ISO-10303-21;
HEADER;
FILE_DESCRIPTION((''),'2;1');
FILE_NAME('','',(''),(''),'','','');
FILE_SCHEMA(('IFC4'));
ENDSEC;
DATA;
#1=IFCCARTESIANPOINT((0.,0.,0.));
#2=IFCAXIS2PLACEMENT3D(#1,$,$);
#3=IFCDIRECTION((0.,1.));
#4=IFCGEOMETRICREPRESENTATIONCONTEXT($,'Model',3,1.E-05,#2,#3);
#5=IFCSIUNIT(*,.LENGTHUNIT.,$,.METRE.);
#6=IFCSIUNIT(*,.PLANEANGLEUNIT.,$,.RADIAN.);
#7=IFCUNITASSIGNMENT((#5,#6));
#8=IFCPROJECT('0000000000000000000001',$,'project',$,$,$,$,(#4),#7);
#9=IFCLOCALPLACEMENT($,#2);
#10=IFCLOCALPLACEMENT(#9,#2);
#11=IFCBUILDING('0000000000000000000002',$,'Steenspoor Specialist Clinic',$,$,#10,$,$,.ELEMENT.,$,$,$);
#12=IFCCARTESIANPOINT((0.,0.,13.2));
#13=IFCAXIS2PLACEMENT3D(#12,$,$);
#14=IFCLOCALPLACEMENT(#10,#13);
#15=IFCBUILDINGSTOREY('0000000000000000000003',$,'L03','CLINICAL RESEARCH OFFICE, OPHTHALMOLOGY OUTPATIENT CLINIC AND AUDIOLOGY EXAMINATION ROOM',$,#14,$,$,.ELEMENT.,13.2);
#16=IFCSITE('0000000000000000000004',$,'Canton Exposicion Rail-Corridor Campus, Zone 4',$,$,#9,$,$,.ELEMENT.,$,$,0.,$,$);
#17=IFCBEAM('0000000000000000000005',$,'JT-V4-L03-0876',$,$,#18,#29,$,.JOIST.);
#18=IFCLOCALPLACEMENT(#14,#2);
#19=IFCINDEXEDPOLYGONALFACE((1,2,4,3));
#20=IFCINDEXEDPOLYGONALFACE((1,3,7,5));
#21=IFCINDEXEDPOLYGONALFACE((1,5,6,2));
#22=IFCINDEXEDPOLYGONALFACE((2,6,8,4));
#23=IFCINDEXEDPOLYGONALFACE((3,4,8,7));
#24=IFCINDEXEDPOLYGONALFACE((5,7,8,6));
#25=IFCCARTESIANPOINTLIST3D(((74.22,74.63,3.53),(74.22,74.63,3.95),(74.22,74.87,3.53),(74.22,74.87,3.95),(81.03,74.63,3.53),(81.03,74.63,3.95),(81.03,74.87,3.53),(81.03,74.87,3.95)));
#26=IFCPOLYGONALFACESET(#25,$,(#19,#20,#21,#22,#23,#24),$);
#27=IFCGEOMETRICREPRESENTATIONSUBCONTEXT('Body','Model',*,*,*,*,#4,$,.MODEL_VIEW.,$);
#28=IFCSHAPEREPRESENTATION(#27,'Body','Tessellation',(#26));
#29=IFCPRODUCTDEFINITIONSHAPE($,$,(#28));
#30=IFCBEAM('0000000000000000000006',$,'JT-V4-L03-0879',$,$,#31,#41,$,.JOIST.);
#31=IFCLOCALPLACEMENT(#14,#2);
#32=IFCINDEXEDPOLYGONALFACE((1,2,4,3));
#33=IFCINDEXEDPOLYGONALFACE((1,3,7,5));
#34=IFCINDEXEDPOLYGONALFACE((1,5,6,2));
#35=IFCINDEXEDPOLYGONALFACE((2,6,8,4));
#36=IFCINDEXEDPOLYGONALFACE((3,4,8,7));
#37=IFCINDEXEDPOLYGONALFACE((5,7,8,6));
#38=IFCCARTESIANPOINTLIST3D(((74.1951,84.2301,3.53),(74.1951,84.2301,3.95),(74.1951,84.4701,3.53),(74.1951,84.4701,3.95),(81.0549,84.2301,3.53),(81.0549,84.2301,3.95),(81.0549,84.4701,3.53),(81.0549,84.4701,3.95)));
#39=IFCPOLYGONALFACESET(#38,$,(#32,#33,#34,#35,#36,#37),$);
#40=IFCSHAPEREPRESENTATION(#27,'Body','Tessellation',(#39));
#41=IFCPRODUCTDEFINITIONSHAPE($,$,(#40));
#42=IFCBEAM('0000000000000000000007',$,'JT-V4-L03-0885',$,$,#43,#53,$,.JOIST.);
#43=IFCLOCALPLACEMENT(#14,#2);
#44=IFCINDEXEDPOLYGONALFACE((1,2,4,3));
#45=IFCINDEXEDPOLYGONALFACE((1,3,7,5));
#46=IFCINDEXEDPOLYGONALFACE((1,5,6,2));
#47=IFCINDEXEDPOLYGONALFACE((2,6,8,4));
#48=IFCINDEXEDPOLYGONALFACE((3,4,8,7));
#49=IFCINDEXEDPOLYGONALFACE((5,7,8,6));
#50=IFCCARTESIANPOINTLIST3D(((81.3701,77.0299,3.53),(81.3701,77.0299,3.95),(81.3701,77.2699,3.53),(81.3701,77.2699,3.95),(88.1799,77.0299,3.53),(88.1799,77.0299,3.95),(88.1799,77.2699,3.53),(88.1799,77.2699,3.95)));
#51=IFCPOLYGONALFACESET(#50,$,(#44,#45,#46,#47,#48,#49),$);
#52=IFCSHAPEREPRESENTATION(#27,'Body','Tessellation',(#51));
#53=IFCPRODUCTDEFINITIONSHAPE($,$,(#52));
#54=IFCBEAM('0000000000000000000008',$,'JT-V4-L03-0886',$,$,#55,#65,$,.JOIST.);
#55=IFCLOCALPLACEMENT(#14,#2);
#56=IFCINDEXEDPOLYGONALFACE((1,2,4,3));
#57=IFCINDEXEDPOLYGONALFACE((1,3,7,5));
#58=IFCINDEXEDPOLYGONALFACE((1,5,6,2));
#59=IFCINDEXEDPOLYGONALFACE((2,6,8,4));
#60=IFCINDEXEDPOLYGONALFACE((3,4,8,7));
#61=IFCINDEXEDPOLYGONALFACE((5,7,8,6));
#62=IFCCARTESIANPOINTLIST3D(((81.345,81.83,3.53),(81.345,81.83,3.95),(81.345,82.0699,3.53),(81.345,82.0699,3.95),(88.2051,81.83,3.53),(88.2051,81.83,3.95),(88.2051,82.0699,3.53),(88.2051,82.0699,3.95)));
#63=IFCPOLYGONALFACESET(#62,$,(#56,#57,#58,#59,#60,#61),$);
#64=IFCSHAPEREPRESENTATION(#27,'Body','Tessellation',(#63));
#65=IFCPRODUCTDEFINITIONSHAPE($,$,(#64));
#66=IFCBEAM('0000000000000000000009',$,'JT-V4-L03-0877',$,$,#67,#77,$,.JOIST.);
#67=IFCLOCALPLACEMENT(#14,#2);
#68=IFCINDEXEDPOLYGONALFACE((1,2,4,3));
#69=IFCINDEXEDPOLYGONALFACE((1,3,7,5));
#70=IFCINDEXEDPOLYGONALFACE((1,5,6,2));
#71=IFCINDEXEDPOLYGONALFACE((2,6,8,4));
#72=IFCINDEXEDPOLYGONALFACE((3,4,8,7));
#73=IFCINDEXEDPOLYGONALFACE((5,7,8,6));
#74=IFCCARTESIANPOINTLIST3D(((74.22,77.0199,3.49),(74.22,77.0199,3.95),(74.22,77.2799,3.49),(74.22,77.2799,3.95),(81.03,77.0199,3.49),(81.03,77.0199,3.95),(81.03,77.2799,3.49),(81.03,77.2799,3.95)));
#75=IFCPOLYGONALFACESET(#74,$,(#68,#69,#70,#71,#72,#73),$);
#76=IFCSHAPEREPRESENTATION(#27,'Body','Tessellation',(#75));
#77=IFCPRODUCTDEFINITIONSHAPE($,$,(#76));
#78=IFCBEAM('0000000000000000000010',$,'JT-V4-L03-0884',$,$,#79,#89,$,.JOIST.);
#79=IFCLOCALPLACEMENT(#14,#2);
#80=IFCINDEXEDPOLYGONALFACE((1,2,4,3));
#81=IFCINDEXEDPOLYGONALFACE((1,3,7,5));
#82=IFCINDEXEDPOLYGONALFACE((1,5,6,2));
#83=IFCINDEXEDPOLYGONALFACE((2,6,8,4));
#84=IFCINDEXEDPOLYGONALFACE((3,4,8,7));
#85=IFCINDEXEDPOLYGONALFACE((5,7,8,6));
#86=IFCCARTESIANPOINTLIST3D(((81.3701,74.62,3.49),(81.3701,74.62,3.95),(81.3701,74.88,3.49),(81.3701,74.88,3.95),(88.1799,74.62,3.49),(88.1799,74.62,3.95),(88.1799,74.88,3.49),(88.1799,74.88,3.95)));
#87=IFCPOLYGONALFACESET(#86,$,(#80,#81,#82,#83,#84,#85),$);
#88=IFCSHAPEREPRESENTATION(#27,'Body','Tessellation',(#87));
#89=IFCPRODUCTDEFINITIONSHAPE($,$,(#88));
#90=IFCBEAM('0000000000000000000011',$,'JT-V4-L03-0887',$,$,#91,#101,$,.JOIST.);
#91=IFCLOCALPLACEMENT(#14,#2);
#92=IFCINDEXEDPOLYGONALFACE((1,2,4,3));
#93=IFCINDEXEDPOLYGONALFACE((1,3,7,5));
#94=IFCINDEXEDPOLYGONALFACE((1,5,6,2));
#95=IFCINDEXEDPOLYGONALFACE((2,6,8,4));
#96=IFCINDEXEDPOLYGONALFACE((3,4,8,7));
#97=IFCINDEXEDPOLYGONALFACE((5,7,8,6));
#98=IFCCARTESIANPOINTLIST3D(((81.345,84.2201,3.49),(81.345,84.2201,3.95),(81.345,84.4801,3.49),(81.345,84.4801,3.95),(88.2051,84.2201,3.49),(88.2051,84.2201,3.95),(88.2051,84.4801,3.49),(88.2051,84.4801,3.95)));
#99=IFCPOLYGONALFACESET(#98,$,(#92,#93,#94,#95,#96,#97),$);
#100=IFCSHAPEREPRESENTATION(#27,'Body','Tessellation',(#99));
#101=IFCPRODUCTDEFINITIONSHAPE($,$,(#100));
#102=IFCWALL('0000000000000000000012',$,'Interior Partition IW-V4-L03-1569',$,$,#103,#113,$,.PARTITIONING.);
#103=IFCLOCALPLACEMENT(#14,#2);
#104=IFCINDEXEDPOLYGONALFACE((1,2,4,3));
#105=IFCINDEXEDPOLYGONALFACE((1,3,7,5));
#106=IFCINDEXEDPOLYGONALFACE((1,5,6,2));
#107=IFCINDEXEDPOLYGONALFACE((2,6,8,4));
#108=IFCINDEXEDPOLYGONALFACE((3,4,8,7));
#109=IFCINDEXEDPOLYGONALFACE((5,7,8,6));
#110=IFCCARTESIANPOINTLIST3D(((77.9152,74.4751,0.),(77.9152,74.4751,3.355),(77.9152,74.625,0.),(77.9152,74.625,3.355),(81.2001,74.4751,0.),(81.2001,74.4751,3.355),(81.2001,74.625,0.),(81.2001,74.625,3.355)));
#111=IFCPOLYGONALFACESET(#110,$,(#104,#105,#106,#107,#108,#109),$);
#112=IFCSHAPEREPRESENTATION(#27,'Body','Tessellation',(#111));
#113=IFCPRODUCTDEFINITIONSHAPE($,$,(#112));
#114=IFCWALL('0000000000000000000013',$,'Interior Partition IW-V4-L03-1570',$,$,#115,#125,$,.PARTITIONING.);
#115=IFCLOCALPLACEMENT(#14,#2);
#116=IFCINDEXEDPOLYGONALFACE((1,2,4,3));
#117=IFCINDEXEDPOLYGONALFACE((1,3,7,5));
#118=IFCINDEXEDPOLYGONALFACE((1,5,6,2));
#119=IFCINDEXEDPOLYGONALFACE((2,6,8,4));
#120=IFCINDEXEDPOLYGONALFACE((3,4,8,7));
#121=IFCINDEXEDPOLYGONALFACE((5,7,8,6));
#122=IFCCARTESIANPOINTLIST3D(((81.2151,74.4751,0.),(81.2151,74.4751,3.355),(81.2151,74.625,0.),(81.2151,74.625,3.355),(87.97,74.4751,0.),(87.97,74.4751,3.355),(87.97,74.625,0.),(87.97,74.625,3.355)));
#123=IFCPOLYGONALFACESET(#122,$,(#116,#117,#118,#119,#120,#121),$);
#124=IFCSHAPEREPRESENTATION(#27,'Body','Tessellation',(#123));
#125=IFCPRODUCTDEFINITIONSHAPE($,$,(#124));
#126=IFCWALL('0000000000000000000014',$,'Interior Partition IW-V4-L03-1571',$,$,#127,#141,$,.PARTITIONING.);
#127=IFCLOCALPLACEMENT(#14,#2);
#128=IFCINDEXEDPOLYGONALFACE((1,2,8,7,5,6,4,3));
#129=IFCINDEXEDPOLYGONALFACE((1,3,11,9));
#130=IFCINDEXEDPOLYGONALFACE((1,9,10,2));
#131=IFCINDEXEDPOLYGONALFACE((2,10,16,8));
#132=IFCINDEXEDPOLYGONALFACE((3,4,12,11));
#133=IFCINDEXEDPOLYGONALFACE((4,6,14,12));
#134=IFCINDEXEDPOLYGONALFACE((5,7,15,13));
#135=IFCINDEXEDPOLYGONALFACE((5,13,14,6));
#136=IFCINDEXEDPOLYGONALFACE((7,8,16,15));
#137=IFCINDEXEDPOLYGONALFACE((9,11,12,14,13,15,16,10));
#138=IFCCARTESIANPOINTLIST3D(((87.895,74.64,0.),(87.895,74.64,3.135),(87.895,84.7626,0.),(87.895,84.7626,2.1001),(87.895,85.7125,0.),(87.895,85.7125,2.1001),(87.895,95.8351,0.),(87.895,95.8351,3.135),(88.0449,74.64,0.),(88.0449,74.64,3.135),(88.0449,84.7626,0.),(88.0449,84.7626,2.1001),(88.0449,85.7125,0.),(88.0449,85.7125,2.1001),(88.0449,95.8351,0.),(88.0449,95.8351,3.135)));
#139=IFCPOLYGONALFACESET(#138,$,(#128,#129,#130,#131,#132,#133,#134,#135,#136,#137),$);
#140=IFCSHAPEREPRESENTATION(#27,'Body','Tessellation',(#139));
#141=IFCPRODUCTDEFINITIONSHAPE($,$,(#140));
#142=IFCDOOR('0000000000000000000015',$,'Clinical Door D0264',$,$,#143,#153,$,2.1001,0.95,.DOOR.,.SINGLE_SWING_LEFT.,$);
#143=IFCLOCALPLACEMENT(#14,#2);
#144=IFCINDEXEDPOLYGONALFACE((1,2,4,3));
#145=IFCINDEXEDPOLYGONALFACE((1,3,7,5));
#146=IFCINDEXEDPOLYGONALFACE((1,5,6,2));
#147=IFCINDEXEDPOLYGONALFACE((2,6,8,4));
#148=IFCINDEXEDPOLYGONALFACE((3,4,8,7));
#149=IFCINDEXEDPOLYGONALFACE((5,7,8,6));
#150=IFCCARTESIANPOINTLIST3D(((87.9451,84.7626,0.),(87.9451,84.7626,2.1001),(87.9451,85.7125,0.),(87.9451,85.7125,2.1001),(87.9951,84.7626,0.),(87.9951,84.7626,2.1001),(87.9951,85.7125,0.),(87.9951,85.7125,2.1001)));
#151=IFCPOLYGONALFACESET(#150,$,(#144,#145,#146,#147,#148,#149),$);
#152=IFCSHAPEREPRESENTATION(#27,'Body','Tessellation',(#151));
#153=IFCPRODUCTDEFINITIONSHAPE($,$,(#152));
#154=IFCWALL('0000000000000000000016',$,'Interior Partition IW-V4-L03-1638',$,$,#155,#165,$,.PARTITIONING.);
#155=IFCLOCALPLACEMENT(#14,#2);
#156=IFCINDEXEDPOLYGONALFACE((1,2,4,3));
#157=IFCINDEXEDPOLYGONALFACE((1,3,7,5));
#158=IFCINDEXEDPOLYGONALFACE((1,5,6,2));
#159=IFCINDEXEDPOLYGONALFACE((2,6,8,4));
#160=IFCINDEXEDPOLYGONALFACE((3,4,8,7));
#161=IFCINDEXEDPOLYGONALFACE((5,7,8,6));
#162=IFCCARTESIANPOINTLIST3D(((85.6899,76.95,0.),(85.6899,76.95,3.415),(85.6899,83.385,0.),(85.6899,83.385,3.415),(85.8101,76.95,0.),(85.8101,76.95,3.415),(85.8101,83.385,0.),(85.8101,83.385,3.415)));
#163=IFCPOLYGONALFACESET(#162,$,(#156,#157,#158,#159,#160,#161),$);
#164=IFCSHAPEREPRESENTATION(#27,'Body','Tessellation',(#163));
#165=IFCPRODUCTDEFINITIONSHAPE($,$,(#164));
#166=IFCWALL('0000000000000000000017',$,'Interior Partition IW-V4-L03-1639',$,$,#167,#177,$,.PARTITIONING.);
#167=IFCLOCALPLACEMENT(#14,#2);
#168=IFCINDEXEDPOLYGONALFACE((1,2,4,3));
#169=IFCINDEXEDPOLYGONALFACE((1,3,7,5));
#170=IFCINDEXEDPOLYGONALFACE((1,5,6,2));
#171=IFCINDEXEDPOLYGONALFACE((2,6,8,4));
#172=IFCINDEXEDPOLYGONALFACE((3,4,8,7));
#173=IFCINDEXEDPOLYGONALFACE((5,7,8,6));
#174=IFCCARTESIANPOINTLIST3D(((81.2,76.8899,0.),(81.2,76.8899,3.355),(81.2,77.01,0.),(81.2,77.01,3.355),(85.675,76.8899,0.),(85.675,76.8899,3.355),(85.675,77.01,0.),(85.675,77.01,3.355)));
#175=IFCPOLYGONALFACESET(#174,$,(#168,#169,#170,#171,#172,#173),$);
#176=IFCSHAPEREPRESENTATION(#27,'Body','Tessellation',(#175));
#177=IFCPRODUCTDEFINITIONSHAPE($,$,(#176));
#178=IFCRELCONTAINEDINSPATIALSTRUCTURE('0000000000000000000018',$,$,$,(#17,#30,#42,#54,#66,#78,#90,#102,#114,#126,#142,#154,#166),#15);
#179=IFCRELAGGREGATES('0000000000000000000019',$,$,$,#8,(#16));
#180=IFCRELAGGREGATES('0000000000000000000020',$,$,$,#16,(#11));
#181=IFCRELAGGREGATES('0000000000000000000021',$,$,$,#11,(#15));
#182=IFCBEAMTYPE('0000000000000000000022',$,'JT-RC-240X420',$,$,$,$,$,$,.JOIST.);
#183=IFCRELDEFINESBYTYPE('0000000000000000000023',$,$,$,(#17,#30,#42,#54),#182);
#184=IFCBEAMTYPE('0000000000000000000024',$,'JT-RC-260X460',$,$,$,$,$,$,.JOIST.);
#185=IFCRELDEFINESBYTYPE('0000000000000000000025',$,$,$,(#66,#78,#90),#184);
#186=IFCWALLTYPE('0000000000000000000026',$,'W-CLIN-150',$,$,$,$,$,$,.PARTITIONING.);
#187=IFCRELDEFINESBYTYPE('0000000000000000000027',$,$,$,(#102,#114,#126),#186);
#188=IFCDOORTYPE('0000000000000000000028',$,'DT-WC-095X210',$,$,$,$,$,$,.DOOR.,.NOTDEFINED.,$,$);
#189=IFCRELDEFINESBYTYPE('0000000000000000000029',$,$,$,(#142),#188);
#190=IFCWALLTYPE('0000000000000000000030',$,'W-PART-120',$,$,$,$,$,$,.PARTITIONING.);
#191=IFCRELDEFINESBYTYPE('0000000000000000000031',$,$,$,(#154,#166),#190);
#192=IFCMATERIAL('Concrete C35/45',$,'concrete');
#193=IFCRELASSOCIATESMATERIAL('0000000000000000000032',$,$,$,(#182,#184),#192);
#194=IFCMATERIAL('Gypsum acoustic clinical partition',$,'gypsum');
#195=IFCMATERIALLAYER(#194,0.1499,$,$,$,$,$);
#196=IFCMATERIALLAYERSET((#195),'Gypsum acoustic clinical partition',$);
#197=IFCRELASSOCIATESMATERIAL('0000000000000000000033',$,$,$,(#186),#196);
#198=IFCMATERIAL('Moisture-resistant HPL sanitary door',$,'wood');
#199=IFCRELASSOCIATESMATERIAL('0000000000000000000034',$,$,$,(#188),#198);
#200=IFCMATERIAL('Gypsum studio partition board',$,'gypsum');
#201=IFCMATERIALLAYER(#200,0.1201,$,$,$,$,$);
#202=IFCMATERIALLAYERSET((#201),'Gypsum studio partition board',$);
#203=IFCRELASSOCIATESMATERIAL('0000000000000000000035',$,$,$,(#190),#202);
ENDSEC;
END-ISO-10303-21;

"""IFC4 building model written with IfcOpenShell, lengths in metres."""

from ifc_helpers import new_model, si_unit, direction, frame, frame_2d, origin, origin_2d, place, context, subcontext, project, spatial, rectangle, extrude, material, layer, layer_set, material_profile, profile_set, type_object, element, fill, save


model = new_model("IFC4")

# Units and contexts
model_context = context("Model", 3, precision=1e-05, world=origin(), true_north=direction((0.0, 1.0)))
body_context = subcontext(model_context, "Body", "Model", "MODEL_VIEW")
ifc_project = project(units=[si_unit("LENGTHUNIT", "METRE"), si_unit("PLANEANGLEUNIT", "RADIAN")], contexts=[model_context])

# Site, building, storey
site_placement = place(None, origin())
site = spatial("IfcSite", under=ifc_project, at=site_placement, Name="Canton Exposicion Rail-Corridor Campus, Zone 4", CompositionType="ELEMENT", RefElevation=0.0)
building_placement = place(site_placement, origin())
building = spatial("IfcBuilding", under=site, at=building_placement, Name="Steenspoor Specialist Clinic", CompositionType="ELEMENT")
storey_placement = place(building_placement, frame((0.0, 0.0, 13.2)))
storey = spatial("IfcBuildingStorey", under=building, at=storey_placement, Name="L03", Description="CLINICAL RESEARCH OFFICE, OPHTHALMOLOGY OUTPATIENT CLINIC AND AUDIOLOGY EXAMINATION ROOM", CompositionType="ELEMENT", Elevation=13.2)

# Beams
ifc_material_1 = material(Name="Concrete C35/45", Category="concrete")
ifc_material_profile_1 = material_profile(ifc_material_1, rectangle(XDim=0.24, YDim=0.4199, at=origin_2d()), Name="RC-JT-240X420")
ifc_profile_set_1 = profile_set([ifc_material_profile_1], Name="Concrete C35/45")
beam_type_1 = type_object("IfcBeamType", Name="JT-RC-240X420", PredefinedType="JOIST", material=ifc_profile_set_1)
beam_1_placement = place(storey_placement, frame((74.22, 74.75, 3.74), z_axis=(1.0, 0.0, 0.0), x_axis=(0.0, 1.0, 0.0)))
element("IfcBeam", 1, at=beam_1_placement, inside=storey, type_object=beam_type_1, Name="JT-V4-L03-0876", PredefinedType="JOIST", context=body_context, shape_type="SweptSolid", body=[
    extrude(rectangle(XDim=0.24, YDim=0.4199, at=origin_2d()), origin(), (0.0, 0.0, 1.0), 6.8101),
])
beam_2_placement = place(storey_placement, frame((74.1951, 84.3501, 3.74), z_axis=(1.0, 0.0, 0.0), x_axis=(0.0, 1.0, 0.0)))
element("IfcBeam", 2, at=beam_2_placement, inside=storey, type_object=beam_type_1, Name="JT-V4-L03-0879", PredefinedType="JOIST", context=body_context, shape_type="SweptSolid", body=[
    extrude(rectangle(XDim=0.24, YDim=0.4199, at=origin_2d()), origin(), (0.0, 0.0, 1.0), 6.8599),
])
beam_3_placement = place(storey_placement, frame((81.3701, 77.1499, 3.74), z_axis=(1.0, 0.0, 0.0), x_axis=(0.0, 1.0, 0.0)))
element("IfcBeam", 3, at=beam_3_placement, inside=storey, type_object=beam_type_1, Name="JT-V4-L03-0885", PredefinedType="JOIST", context=body_context, shape_type="SweptSolid", body=[
    extrude(rectangle(XDim=0.24, YDim=0.4199, at=origin_2d()), origin(), (0.0, 0.0, 1.0), 6.8098),
])
beam_4_placement = place(storey_placement, frame((81.345, 81.95, 3.74), z_axis=(1.0, 0.0, 0.0), x_axis=(0.0, 1.0, 0.0)))
element("IfcBeam", 4, at=beam_4_placement, inside=storey, type_object=beam_type_1, Name="JT-V4-L03-0886", PredefinedType="JOIST", context=body_context, shape_type="SweptSolid", body=[
    extrude(rectangle(XDim=0.24, YDim=0.4199, at=origin_2d()), origin(), (0.0, 0.0, 1.0), 6.8601),
])
ifc_material_profile_2 = material_profile(ifc_material_1, rectangle(XDim=0.26, YDim=0.46, at=origin_2d()), Name="RC-JT-260X460")
ifc_profile_set_2 = profile_set([ifc_material_profile_2], Name="Concrete C35/45")
beam_type_2 = type_object("IfcBeamType", Name="JT-RC-260X460", PredefinedType="JOIST", material=ifc_profile_set_2)
beam_5_placement = place(storey_placement, frame((74.22, 77.1499, 3.72), z_axis=(1.0, 0.0, 0.0), x_axis=(0.0, 1.0, 0.0)))
element("IfcBeam", 5, at=beam_5_placement, inside=storey, type_object=beam_type_2, Name="JT-V4-L03-0877", PredefinedType="JOIST", context=body_context, shape_type="SweptSolid", body=[
    extrude(rectangle(XDim=0.26, YDim=0.46, at=origin_2d()), origin(), (0.0, 0.0, 1.0), 6.8101),
])
beam_6_placement = place(storey_placement, frame((81.3701, 74.75, 3.72), z_axis=(1.0, 0.0, 0.0), x_axis=(0.0, 1.0, 0.0)))
element("IfcBeam", 6, at=beam_6_placement, inside=storey, type_object=beam_type_2, Name="JT-V4-L03-0884", PredefinedType="JOIST", context=body_context, shape_type="SweptSolid", body=[
    extrude(rectangle(XDim=0.26, YDim=0.46, at=origin_2d()), origin(), (0.0, 0.0, 1.0), 6.8098),
])
beam_7_placement = place(storey_placement, frame((81.345, 84.3501, 3.72), z_axis=(1.0, 0.0, 0.0), x_axis=(0.0, 1.0, 0.0)))
element("IfcBeam", 7, at=beam_7_placement, inside=storey, type_object=beam_type_2, Name="JT-V4-L03-0887", PredefinedType="JOIST", context=body_context, shape_type="SweptSolid", body=[
    extrude(rectangle(XDim=0.26, YDim=0.46, at=origin_2d()), origin(), (0.0, 0.0, 1.0), 6.8601),
])

# Walls
ifc_material_2 = material(Name="Gypsum acoustic clinical partition", Category="gypsum")
ifc_layer_1 = layer(ifc_material_2, 0.1499)
ifc_layer_set_1 = layer_set([ifc_layer_1], Name="Gypsum acoustic clinical partition")
wall_type_1 = type_object("IfcWallType", Name="W-CLIN-150", PredefinedType="PARTITIONING", material=ifc_layer_set_1)
wall_1_placement = place(storey_placement, frame((77.915, 74.55, 0.0), z_axis=(0.0, 0.0, 1.0), x_axis=(1.0, 0.0, 0.0)))
element("IfcWall", 8, at=wall_1_placement, inside=storey, type_object=wall_type_1, Name="Interior Partition IW-V4-L03-1569", PredefinedType="PARTITIONING", context=body_context, shape_type="SweptSolid", body=[
    extrude(rectangle(XDim=3.2849, YDim=0.1499, at=frame_2d((1.6426, 0.0))), origin(), (0.0, 0.0, 1.0), 3.355),
])
wall_2_placement = place(storey_placement, frame((81.2151, 74.55, 0.0), z_axis=(0.0, 0.0, 1.0), x_axis=(1.0, 0.0, 0.0)))
element("IfcWall", 9, at=wall_2_placement, inside=storey, type_object=wall_type_1, Name="Interior Partition IW-V4-L03-1570", PredefinedType="PARTITIONING", context=body_context, shape_type="SweptSolid", body=[
    extrude(rectangle(XDim=6.7549, YDim=0.1499, at=frame_2d((3.3774, 0.0))), origin(), (0.0, 0.0, 1.0), 3.355),
])

# Wall, opening, door
wall_3_placement = place(storey_placement, frame((87.97, 74.6399, 0.0), z_axis=(0.0, 0.0, 1.0), x_axis=(0.0, 1.0, 0.0)))
wall_3 = element("IfcWall", 10, at=wall_3_placement, inside=storey, type_object=wall_type_1, Name="Interior Partition IW-V4-L03-1571", PredefinedType="PARTITIONING", context=body_context, shape_type="SweptSolid", body=[
    extrude(rectangle(XDim=21.1951, YDim=0.1499, at=frame_2d((10.5977, 0.0))), origin(), (0.0, 0.0, 1.0), 3.135),
])
opening_1_placement = place(wall_3_placement, frame((10.1226, 0.0, 0.0)))
opening_1 = element("IfcOpeningElement", 11, at=opening_1_placement, cuts=wall_3, PredefinedType="OPENING", context=body_context, shape_type="SweptSolid", body=[
    extrude(rectangle(XDim=0.95, YDim=2.1001, at=frame_2d((0.4751, 1.05))), frame((0.0, 0.085, 0.0), z_axis=(0.0, -1.0, 0.0), x_axis=(1.0, 0.0, 0.0)), (0.0, 0.0, 1.0), 0.1699),
])
ifc_material_3 = material(Name="Moisture-resistant HPL sanitary door", Category="wood")
door_type_1 = type_object("IfcDoorType", Name="DT-WC-095X210", OperationType="NOTDEFINED", PredefinedType="DOOR", material=ifc_material_3)
door_1_placement = place(opening_1_placement, origin())
door_1 = element("IfcDoor", 12, at=door_1_placement, inside=storey, type_object=door_type_1, Name="Clinical Door D0264", OperationType="SINGLE_SWING_LEFT", OverallHeight=2.1001, OverallWidth=0.95, PredefinedType="DOOR", context=body_context, shape_type="SweptSolid", body=[
    extrude(rectangle(XDim=0.95, YDim=2.1001, at=frame_2d((0.4751, 1.05))), frame((0.0, 0.0249, 0.0), z_axis=(0.0, -1.0, 0.0), x_axis=(1.0, 0.0, 0.0)), (0.0, 0.0, 1.0), 0.05),
])
fill(opening_1, door_1)

# Walls
ifc_material_4 = material(Name="Gypsum studio partition board", Category="gypsum")
ifc_layer_2 = layer(ifc_material_4, 0.1201)
ifc_layer_set_2 = layer_set([ifc_layer_2], Name="Gypsum studio partition board")
wall_type_2 = type_object("IfcWallType", Name="W-PART-120", PredefinedType="PARTITIONING", material=ifc_layer_set_2)
wall_4_placement = place(storey_placement, frame((85.75, 76.95, 0.0), z_axis=(0.0, 0.0, 1.0), x_axis=(0.0, 1.0, 0.0)))
element("IfcWall", 13, at=wall_4_placement, inside=storey, type_object=wall_type_2, Name="Interior Partition IW-V4-L03-1638", PredefinedType="PARTITIONING", context=body_context, shape_type="SweptSolid", body=[
    extrude(rectangle(XDim=6.4351, YDim=0.1201, at=frame_2d((3.2175, 0.0))), origin(), (0.0, 0.0, 1.0), 3.415),
])
wall_5_placement = place(storey_placement, frame((81.2, 76.95, 0.0), z_axis=(0.0, 0.0, 1.0), x_axis=(1.0, 0.0, 0.0)))
element("IfcWall", 14, at=wall_5_placement, inside=storey, type_object=wall_type_2, Name="Interior Partition IW-V4-L03-1639", PredefinedType="PARTITIONING", context=body_context, shape_type="SweptSolid", body=[
    extrude(rectangle(XDim=4.4751, YDim=0.1201, at=frame_2d((2.2375, 0.0))), origin(), (0.0, 0.0, 1.0), 3.355),
])

save(model, "model.ifc")
